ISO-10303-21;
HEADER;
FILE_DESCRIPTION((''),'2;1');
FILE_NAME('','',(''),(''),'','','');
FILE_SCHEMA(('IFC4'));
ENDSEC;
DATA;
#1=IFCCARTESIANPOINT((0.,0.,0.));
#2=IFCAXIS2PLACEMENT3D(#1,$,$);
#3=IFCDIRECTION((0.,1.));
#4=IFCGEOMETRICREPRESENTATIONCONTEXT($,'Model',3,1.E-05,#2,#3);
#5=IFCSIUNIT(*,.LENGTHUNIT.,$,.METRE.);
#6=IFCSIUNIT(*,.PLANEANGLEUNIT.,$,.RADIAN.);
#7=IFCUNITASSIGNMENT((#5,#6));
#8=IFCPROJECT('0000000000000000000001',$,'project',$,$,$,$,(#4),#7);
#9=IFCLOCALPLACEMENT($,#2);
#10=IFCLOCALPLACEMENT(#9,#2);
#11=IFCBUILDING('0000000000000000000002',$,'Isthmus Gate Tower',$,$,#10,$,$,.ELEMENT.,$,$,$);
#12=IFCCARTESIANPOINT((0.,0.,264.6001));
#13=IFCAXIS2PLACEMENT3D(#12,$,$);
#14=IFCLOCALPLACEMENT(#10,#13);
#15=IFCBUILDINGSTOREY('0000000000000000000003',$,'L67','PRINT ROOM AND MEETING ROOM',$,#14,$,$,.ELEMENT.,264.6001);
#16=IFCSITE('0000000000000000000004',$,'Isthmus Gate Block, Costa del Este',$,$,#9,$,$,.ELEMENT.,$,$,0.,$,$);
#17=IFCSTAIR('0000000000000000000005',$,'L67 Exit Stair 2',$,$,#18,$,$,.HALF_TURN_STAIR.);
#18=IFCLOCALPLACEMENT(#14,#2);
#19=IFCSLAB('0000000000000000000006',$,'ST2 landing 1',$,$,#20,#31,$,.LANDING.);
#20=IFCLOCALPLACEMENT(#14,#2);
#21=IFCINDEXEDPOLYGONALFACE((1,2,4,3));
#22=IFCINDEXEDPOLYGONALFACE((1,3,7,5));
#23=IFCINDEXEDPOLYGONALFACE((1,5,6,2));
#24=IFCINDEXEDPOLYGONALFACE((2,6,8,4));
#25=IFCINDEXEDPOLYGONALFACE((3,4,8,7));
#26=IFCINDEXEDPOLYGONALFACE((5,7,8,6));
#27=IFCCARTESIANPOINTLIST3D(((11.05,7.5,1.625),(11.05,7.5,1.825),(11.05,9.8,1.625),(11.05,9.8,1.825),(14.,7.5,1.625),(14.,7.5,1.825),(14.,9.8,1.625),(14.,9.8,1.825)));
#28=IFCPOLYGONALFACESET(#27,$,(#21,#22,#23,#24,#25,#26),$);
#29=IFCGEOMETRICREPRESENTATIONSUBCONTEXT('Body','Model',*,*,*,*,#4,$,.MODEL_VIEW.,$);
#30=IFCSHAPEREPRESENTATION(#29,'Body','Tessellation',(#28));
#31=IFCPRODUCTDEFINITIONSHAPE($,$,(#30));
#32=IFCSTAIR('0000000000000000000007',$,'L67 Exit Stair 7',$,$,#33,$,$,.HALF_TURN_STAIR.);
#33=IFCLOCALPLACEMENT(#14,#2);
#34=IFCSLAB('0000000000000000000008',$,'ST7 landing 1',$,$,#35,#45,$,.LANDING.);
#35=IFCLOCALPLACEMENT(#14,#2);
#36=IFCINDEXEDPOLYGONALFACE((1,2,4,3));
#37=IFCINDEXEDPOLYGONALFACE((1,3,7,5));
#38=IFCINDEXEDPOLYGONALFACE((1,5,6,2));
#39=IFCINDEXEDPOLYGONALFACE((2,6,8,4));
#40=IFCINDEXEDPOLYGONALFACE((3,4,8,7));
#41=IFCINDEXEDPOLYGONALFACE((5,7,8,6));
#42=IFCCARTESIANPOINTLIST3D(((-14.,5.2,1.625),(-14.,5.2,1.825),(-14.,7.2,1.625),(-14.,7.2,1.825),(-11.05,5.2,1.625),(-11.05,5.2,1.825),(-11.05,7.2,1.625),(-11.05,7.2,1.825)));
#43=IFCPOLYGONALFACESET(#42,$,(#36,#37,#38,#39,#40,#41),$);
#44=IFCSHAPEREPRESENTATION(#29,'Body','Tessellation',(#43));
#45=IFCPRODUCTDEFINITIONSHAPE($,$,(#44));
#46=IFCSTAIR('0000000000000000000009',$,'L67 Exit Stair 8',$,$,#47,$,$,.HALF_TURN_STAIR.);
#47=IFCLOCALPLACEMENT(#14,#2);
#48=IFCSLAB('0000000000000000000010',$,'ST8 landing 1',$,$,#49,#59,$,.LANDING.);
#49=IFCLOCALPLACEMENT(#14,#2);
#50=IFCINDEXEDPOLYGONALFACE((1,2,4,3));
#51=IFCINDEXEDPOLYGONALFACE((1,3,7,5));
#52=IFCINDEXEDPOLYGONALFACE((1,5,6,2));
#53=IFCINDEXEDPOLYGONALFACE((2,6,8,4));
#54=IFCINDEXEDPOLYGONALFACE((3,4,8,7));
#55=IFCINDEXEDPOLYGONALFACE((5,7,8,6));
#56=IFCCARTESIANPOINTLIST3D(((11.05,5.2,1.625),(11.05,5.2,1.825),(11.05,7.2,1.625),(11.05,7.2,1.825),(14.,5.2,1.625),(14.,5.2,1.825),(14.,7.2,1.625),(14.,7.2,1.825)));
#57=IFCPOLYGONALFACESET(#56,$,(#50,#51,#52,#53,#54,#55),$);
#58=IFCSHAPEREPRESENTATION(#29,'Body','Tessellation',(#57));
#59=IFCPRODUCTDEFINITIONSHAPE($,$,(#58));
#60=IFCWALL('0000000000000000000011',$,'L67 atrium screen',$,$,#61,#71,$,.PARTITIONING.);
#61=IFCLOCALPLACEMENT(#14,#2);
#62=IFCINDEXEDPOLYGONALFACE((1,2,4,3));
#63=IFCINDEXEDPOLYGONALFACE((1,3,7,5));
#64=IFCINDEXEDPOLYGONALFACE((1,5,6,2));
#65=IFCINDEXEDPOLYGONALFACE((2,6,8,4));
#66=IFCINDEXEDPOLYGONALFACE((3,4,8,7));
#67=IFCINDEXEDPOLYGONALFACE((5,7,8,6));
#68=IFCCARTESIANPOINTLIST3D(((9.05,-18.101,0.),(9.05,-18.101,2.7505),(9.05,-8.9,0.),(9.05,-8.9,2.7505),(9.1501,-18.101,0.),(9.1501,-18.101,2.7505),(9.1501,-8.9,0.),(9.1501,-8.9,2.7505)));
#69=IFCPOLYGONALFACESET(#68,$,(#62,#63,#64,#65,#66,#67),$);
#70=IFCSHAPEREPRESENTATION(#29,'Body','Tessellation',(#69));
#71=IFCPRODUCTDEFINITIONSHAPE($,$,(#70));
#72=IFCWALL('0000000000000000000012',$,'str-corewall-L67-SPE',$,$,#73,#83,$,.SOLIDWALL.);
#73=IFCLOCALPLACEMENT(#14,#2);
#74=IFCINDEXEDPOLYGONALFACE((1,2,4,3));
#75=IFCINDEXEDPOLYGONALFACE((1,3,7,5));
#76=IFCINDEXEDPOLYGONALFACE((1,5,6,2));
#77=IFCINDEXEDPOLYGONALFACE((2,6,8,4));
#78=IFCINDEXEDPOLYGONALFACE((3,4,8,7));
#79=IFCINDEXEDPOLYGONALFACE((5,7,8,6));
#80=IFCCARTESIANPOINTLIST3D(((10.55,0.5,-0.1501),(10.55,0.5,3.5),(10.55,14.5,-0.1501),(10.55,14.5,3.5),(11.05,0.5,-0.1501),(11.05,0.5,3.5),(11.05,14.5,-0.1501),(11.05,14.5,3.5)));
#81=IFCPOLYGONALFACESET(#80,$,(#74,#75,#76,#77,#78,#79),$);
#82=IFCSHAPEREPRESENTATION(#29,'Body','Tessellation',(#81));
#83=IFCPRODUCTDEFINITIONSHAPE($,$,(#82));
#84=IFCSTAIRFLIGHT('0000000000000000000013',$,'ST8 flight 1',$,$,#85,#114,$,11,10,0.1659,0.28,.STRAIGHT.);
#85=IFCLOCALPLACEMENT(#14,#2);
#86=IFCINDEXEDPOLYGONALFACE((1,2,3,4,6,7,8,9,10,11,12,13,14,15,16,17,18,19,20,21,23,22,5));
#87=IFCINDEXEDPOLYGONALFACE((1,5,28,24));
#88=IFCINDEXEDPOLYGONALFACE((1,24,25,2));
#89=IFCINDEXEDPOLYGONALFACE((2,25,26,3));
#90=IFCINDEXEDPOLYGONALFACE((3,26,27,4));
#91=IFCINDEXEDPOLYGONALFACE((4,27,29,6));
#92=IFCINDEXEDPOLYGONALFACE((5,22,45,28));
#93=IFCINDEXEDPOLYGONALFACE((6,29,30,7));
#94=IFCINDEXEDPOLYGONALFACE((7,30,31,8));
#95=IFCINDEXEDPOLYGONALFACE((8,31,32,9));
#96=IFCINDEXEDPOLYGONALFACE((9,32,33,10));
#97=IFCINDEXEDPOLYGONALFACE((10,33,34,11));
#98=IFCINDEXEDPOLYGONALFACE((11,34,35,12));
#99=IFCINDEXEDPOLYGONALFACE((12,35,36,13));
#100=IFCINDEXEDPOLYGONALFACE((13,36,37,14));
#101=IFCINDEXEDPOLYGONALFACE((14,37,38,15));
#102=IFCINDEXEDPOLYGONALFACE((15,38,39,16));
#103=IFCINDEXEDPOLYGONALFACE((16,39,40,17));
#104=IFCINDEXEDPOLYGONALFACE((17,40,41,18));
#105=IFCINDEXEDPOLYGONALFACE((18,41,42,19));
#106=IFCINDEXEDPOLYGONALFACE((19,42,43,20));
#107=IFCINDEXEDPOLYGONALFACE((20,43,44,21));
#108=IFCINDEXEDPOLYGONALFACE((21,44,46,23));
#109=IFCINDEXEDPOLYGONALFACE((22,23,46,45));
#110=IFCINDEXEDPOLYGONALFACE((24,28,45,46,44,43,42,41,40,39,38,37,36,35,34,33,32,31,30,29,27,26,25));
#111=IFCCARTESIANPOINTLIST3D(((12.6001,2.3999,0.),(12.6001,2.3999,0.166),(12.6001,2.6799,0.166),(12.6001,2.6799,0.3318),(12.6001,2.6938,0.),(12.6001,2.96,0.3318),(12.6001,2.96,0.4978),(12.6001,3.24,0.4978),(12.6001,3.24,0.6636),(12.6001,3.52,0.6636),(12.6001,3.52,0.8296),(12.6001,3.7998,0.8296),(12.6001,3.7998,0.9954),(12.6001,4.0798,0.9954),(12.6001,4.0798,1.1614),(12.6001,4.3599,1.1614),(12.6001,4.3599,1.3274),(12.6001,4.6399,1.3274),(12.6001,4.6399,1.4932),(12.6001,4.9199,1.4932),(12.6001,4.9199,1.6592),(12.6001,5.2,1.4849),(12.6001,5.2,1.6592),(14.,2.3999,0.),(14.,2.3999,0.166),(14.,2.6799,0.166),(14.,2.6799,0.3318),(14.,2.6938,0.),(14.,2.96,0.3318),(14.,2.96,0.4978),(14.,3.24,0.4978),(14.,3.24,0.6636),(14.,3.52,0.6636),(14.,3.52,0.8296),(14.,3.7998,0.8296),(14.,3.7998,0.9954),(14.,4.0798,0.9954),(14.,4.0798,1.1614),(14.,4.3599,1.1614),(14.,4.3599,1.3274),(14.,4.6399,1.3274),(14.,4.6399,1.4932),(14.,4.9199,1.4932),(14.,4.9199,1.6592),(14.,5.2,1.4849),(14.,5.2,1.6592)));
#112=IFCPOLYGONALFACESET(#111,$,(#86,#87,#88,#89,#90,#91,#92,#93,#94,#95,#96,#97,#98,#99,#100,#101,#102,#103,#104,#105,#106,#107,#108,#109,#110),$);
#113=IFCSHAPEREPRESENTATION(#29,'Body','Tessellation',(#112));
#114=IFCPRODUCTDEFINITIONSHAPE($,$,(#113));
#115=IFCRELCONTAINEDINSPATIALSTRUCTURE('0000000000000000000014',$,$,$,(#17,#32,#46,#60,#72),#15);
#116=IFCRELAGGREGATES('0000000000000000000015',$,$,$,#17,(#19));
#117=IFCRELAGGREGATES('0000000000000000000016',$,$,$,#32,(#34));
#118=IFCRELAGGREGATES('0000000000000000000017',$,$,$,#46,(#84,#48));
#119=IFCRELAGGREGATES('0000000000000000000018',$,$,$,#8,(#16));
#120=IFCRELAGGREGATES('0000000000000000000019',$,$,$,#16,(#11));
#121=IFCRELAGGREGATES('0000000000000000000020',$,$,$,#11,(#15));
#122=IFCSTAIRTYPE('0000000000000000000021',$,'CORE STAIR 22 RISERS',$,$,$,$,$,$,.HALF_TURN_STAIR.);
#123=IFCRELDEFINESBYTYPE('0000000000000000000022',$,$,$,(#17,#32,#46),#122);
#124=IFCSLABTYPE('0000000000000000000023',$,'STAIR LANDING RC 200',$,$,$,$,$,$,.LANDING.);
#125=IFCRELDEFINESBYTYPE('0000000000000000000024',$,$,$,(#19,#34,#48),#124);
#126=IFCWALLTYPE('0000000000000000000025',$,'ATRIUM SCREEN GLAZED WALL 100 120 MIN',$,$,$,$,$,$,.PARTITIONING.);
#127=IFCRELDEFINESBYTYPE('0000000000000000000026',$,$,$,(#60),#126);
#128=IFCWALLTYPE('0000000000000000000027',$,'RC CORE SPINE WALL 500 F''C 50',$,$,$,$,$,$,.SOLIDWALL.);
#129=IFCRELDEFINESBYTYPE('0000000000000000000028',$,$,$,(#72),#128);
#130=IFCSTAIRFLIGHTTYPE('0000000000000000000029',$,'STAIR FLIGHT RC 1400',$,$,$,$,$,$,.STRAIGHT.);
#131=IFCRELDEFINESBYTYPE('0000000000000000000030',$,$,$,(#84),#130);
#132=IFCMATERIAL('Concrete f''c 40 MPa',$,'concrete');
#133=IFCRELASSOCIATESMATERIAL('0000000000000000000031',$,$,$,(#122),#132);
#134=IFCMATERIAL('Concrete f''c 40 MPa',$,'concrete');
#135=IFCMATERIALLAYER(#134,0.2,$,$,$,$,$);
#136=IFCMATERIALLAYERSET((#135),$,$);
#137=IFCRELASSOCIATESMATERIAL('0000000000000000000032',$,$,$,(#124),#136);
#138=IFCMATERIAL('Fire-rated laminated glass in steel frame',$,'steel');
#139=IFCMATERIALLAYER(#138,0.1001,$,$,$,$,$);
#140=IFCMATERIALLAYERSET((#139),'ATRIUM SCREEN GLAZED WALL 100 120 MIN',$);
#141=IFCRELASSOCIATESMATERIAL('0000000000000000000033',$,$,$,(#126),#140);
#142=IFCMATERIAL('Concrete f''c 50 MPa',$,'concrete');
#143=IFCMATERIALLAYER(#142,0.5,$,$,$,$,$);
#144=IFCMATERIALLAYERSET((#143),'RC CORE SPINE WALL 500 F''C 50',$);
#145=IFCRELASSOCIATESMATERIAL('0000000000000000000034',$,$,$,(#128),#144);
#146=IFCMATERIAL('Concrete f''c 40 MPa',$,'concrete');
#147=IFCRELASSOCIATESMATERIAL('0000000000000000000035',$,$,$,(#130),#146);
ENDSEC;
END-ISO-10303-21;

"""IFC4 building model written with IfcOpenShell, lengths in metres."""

from ifc_helpers import new_model, si_unit, direction, frame, frame_2d, origin, place, context, subcontext, project, spatial, polyline, rectangle, outline, extrude, material, layer, layer_set, type_object, element, aggregate, save


model = new_model("IFC4")

# Units and contexts
model_context = context("Model", 3, precision=1e-05, world=origin(), true_north=direction((0.0, 1.0)))
body_context = subcontext(model_context, "Body", "Model", "MODEL_VIEW")
ifc_project = project(units=[si_unit("LENGTHUNIT", "METRE"), si_unit("PLANEANGLEUNIT", "RADIAN")], contexts=[model_context])

# Site, building, storey
site_placement = place(None, origin())
site = spatial("IfcSite", under=ifc_project, at=site_placement, Name="Isthmus Gate Block, Costa del Este", CompositionType="ELEMENT", RefElevation=0.0)
building_placement = place(site_placement, origin())
building = spatial("IfcBuilding", under=site, at=building_placement, Name="Isthmus Gate Tower", CompositionType="ELEMENT")
storey_placement = place(building_placement, frame((0.0, 0.0, 264.6001)))
storey = spatial("IfcBuildingStorey", under=building, at=storey_placement, Name="L67", Description="PRINT ROOM AND MEETING ROOM", CompositionType="ELEMENT", Elevation=264.6001)

# Stairs, slabs
ifc_material_1 = material(Name="Concrete f'c 40 MPa", Category="concrete")
stair_type = type_object("IfcStairType", Name="CORE STAIR 22 RISERS", PredefinedType="HALF_TURN_STAIR", material=ifc_material_1)
ifc_material_2 = material(Name="Concrete f'c 40 MPa", Category="concrete")
ifc_layer_1 = layer(ifc_material_2, 0.2)
ifc_layer_set_1 = layer_set([ifc_layer_1])
slab_type_1 = type_object("IfcSlabType", Name="STAIR LANDING RC 200", PredefinedType="LANDING", material=ifc_layer_set_1)
stair_1_placement = place(storey_placement, origin())
stair_1 = element("IfcStair", 1, at=stair_1_placement, inside=storey, type_object=stair_type, Name="L67 Exit Stair 2", PredefinedType="HALF_TURN_STAIR")
slab_1_placement = place(storey_placement, frame((0.0, 0.0, 1.625)))
slab_1 = element("IfcSlab", 2, at=slab_1_placement, type_object=slab_type_1, Name="ST2 landing 1", PredefinedType="LANDING", context=body_context, shape_type="SweptSolid", body=[
    extrude(outline(polyline([(11.05, 9.8), (11.05, 7.5), (14.0, 7.5), (14.0, 9.8), (11.05, 9.8)])), origin(), (0.0, 0.0, 1.0), 0.2),
])
aggregate(stair_1, [slab_1])
stair_2_placement = place(storey_placement, origin())
stair_2 = element("IfcStair", 3, at=stair_2_placement, inside=storey, type_object=stair_type, Name="L67 Exit Stair 7", PredefinedType="HALF_TURN_STAIR")
slab_2_placement = place(storey_placement, frame((0.0, 0.0, 1.625)))
slab_2 = element("IfcSlab", 4, at=slab_2_placement, type_object=slab_type_1, Name="ST7 landing 1", PredefinedType="LANDING", context=body_context, shape_type="SweptSolid", body=[
    extrude(outline(polyline([(-11.05, 5.2), (-11.05, 7.2), (-14.0, 7.2), (-14.0, 5.2), (-11.05, 5.2)])), origin(), (0.0, 0.0, 1.0), 0.2),
])
aggregate(stair_2, [slab_2])
stair_3_placement = place(storey_placement, origin())
stair_3 = element("IfcStair", 5, at=stair_3_placement, inside=storey, type_object=stair_type, Name="L67 Exit Stair 8", PredefinedType="HALF_TURN_STAIR")
slab_3_placement = place(storey_placement, frame((0.0, 0.0, 1.625)))
slab_3 = element("IfcSlab", 6, at=slab_3_placement, type_object=slab_type_1, Name="ST8 landing 1", PredefinedType="LANDING", context=body_context, shape_type="SweptSolid", body=[
    extrude(outline(polyline([(14.0, 5.2), (14.0, 7.2), (11.05, 7.2), (11.05, 5.2), (14.0, 5.2)])), origin(), (0.0, 0.0, 1.0), 0.2),
])

# Walls
ifc_material_3 = material(Name="Fire-rated laminated glass in steel frame", Category="steel")
ifc_layer_2 = layer(ifc_material_3, 0.1001)
ifc_layer_set_2 = layer_set([ifc_layer_2], Name="ATRIUM SCREEN GLAZED WALL 100 120 MIN")
wall_type_1 = type_object("IfcWallType", Name="ATRIUM SCREEN GLAZED WALL 100 120 MIN", PredefinedType="PARTITIONING", material=ifc_layer_set_2)
wall_1_placement = place(storey_placement, frame((9.1001, -8.8999, 0.0), z_axis=(0.0, 0.0, 1.0), x_axis=(0.0, -1.0, 0.0)))
element("IfcWall", 7, at=wall_1_placement, inside=storey, type_object=wall_type_1, Name="L67 atrium screen", PredefinedType="PARTITIONING", context=body_context, shape_type="SweptSolid", body=[
    extrude(rectangle(XDim=9.2009, YDim=0.1001, at=frame_2d((4.6006, 0.0))), origin(), (0.0, 0.0, 1.0), 2.7505),
])
ifc_material_4 = material(Name="Concrete f'c 50 MPa", Category="concrete")
ifc_layer_3 = layer(ifc_material_4, 0.5)
ifc_layer_set_3 = layer_set([ifc_layer_3], Name="RC CORE SPINE WALL 500 F'C 50")
wall_type_2 = type_object("IfcWallType", Name="RC CORE SPINE WALL 500 F'C 50", PredefinedType="SOLIDWALL", material=ifc_layer_set_3)
wall_2_placement = place(storey_placement, frame((10.8, 0.5, -0.1501), z_axis=(0.0, 0.0, 1.0), x_axis=(0.0, 1.0, 0.0)))
element("IfcWall", 8, at=wall_2_placement, inside=storey, type_object=wall_type_2, Name="str-corewall-L67-SPE", PredefinedType="SOLIDWALL", context=body_context, shape_type="SweptSolid", body=[
    extrude(rectangle(XDim=14.0, YDim=0.5, at=frame_2d((7.0, 0.0))), origin(), (0.0, 0.0, 1.0), 3.6501),
])

# Stair flight
ifc_material_5 = material(Name="Concrete f'c 40 MPa", Category="concrete")
stair_flight_type = type_object("IfcStairFlightType", Name="STAIR FLIGHT RC 1400", PredefinedType="STRAIGHT", material=ifc_material_5)
stair_flight_placement = place(storey_placement, frame((13.3, 2.3999, 0.0), z_axis=(0.0, 0.0, 1.0), x_axis=(0.0, 1.0, 0.0)))
stair_flight = element("IfcStairFlight", 9, at=stair_flight_placement, type_object=stair_flight_type, Name="ST8 flight 1", NumberOfRisers=11, NumberOfTreads=10, PredefinedType="STRAIGHT", RiserHeight=0.1659, TreadLength=0.28, context=body_context, shape_type="SweptSolid", body=[
    extrude(outline(polyline([(0.0, 0.0), (0.0, 0.166), (0.28, 0.166), (0.28, 0.3318), (0.5601, 0.3318), (0.5601, 0.4978), (0.8401, 0.4978), (0.8401, 0.6636), (1.1201, 0.6636), (1.1201, 0.8296), (1.3999, 0.8296), (1.3999, 0.9954), (1.6799, 0.9954), (1.6799, 1.1614), (1.96, 1.1614), (1.96, 1.3274), (2.24, 1.3274), (2.24, 1.4932), (2.52, 1.4932), (2.52, 1.6592), (2.8, 1.6592), (2.8, 1.825), (2.8, 1.4849), (0.2939, 0.0), (0.0, 0.0)])), frame((0.0, 0.7, 0.0), z_axis=(0.0, -1.0, 0.0), x_axis=(1.0, 0.0, 0.0)), (0.0, 0.0, 1.0), 1.3999),
])
aggregate(stair_3, [stair_flight, slab_3])

save(model, "model.ifc")
